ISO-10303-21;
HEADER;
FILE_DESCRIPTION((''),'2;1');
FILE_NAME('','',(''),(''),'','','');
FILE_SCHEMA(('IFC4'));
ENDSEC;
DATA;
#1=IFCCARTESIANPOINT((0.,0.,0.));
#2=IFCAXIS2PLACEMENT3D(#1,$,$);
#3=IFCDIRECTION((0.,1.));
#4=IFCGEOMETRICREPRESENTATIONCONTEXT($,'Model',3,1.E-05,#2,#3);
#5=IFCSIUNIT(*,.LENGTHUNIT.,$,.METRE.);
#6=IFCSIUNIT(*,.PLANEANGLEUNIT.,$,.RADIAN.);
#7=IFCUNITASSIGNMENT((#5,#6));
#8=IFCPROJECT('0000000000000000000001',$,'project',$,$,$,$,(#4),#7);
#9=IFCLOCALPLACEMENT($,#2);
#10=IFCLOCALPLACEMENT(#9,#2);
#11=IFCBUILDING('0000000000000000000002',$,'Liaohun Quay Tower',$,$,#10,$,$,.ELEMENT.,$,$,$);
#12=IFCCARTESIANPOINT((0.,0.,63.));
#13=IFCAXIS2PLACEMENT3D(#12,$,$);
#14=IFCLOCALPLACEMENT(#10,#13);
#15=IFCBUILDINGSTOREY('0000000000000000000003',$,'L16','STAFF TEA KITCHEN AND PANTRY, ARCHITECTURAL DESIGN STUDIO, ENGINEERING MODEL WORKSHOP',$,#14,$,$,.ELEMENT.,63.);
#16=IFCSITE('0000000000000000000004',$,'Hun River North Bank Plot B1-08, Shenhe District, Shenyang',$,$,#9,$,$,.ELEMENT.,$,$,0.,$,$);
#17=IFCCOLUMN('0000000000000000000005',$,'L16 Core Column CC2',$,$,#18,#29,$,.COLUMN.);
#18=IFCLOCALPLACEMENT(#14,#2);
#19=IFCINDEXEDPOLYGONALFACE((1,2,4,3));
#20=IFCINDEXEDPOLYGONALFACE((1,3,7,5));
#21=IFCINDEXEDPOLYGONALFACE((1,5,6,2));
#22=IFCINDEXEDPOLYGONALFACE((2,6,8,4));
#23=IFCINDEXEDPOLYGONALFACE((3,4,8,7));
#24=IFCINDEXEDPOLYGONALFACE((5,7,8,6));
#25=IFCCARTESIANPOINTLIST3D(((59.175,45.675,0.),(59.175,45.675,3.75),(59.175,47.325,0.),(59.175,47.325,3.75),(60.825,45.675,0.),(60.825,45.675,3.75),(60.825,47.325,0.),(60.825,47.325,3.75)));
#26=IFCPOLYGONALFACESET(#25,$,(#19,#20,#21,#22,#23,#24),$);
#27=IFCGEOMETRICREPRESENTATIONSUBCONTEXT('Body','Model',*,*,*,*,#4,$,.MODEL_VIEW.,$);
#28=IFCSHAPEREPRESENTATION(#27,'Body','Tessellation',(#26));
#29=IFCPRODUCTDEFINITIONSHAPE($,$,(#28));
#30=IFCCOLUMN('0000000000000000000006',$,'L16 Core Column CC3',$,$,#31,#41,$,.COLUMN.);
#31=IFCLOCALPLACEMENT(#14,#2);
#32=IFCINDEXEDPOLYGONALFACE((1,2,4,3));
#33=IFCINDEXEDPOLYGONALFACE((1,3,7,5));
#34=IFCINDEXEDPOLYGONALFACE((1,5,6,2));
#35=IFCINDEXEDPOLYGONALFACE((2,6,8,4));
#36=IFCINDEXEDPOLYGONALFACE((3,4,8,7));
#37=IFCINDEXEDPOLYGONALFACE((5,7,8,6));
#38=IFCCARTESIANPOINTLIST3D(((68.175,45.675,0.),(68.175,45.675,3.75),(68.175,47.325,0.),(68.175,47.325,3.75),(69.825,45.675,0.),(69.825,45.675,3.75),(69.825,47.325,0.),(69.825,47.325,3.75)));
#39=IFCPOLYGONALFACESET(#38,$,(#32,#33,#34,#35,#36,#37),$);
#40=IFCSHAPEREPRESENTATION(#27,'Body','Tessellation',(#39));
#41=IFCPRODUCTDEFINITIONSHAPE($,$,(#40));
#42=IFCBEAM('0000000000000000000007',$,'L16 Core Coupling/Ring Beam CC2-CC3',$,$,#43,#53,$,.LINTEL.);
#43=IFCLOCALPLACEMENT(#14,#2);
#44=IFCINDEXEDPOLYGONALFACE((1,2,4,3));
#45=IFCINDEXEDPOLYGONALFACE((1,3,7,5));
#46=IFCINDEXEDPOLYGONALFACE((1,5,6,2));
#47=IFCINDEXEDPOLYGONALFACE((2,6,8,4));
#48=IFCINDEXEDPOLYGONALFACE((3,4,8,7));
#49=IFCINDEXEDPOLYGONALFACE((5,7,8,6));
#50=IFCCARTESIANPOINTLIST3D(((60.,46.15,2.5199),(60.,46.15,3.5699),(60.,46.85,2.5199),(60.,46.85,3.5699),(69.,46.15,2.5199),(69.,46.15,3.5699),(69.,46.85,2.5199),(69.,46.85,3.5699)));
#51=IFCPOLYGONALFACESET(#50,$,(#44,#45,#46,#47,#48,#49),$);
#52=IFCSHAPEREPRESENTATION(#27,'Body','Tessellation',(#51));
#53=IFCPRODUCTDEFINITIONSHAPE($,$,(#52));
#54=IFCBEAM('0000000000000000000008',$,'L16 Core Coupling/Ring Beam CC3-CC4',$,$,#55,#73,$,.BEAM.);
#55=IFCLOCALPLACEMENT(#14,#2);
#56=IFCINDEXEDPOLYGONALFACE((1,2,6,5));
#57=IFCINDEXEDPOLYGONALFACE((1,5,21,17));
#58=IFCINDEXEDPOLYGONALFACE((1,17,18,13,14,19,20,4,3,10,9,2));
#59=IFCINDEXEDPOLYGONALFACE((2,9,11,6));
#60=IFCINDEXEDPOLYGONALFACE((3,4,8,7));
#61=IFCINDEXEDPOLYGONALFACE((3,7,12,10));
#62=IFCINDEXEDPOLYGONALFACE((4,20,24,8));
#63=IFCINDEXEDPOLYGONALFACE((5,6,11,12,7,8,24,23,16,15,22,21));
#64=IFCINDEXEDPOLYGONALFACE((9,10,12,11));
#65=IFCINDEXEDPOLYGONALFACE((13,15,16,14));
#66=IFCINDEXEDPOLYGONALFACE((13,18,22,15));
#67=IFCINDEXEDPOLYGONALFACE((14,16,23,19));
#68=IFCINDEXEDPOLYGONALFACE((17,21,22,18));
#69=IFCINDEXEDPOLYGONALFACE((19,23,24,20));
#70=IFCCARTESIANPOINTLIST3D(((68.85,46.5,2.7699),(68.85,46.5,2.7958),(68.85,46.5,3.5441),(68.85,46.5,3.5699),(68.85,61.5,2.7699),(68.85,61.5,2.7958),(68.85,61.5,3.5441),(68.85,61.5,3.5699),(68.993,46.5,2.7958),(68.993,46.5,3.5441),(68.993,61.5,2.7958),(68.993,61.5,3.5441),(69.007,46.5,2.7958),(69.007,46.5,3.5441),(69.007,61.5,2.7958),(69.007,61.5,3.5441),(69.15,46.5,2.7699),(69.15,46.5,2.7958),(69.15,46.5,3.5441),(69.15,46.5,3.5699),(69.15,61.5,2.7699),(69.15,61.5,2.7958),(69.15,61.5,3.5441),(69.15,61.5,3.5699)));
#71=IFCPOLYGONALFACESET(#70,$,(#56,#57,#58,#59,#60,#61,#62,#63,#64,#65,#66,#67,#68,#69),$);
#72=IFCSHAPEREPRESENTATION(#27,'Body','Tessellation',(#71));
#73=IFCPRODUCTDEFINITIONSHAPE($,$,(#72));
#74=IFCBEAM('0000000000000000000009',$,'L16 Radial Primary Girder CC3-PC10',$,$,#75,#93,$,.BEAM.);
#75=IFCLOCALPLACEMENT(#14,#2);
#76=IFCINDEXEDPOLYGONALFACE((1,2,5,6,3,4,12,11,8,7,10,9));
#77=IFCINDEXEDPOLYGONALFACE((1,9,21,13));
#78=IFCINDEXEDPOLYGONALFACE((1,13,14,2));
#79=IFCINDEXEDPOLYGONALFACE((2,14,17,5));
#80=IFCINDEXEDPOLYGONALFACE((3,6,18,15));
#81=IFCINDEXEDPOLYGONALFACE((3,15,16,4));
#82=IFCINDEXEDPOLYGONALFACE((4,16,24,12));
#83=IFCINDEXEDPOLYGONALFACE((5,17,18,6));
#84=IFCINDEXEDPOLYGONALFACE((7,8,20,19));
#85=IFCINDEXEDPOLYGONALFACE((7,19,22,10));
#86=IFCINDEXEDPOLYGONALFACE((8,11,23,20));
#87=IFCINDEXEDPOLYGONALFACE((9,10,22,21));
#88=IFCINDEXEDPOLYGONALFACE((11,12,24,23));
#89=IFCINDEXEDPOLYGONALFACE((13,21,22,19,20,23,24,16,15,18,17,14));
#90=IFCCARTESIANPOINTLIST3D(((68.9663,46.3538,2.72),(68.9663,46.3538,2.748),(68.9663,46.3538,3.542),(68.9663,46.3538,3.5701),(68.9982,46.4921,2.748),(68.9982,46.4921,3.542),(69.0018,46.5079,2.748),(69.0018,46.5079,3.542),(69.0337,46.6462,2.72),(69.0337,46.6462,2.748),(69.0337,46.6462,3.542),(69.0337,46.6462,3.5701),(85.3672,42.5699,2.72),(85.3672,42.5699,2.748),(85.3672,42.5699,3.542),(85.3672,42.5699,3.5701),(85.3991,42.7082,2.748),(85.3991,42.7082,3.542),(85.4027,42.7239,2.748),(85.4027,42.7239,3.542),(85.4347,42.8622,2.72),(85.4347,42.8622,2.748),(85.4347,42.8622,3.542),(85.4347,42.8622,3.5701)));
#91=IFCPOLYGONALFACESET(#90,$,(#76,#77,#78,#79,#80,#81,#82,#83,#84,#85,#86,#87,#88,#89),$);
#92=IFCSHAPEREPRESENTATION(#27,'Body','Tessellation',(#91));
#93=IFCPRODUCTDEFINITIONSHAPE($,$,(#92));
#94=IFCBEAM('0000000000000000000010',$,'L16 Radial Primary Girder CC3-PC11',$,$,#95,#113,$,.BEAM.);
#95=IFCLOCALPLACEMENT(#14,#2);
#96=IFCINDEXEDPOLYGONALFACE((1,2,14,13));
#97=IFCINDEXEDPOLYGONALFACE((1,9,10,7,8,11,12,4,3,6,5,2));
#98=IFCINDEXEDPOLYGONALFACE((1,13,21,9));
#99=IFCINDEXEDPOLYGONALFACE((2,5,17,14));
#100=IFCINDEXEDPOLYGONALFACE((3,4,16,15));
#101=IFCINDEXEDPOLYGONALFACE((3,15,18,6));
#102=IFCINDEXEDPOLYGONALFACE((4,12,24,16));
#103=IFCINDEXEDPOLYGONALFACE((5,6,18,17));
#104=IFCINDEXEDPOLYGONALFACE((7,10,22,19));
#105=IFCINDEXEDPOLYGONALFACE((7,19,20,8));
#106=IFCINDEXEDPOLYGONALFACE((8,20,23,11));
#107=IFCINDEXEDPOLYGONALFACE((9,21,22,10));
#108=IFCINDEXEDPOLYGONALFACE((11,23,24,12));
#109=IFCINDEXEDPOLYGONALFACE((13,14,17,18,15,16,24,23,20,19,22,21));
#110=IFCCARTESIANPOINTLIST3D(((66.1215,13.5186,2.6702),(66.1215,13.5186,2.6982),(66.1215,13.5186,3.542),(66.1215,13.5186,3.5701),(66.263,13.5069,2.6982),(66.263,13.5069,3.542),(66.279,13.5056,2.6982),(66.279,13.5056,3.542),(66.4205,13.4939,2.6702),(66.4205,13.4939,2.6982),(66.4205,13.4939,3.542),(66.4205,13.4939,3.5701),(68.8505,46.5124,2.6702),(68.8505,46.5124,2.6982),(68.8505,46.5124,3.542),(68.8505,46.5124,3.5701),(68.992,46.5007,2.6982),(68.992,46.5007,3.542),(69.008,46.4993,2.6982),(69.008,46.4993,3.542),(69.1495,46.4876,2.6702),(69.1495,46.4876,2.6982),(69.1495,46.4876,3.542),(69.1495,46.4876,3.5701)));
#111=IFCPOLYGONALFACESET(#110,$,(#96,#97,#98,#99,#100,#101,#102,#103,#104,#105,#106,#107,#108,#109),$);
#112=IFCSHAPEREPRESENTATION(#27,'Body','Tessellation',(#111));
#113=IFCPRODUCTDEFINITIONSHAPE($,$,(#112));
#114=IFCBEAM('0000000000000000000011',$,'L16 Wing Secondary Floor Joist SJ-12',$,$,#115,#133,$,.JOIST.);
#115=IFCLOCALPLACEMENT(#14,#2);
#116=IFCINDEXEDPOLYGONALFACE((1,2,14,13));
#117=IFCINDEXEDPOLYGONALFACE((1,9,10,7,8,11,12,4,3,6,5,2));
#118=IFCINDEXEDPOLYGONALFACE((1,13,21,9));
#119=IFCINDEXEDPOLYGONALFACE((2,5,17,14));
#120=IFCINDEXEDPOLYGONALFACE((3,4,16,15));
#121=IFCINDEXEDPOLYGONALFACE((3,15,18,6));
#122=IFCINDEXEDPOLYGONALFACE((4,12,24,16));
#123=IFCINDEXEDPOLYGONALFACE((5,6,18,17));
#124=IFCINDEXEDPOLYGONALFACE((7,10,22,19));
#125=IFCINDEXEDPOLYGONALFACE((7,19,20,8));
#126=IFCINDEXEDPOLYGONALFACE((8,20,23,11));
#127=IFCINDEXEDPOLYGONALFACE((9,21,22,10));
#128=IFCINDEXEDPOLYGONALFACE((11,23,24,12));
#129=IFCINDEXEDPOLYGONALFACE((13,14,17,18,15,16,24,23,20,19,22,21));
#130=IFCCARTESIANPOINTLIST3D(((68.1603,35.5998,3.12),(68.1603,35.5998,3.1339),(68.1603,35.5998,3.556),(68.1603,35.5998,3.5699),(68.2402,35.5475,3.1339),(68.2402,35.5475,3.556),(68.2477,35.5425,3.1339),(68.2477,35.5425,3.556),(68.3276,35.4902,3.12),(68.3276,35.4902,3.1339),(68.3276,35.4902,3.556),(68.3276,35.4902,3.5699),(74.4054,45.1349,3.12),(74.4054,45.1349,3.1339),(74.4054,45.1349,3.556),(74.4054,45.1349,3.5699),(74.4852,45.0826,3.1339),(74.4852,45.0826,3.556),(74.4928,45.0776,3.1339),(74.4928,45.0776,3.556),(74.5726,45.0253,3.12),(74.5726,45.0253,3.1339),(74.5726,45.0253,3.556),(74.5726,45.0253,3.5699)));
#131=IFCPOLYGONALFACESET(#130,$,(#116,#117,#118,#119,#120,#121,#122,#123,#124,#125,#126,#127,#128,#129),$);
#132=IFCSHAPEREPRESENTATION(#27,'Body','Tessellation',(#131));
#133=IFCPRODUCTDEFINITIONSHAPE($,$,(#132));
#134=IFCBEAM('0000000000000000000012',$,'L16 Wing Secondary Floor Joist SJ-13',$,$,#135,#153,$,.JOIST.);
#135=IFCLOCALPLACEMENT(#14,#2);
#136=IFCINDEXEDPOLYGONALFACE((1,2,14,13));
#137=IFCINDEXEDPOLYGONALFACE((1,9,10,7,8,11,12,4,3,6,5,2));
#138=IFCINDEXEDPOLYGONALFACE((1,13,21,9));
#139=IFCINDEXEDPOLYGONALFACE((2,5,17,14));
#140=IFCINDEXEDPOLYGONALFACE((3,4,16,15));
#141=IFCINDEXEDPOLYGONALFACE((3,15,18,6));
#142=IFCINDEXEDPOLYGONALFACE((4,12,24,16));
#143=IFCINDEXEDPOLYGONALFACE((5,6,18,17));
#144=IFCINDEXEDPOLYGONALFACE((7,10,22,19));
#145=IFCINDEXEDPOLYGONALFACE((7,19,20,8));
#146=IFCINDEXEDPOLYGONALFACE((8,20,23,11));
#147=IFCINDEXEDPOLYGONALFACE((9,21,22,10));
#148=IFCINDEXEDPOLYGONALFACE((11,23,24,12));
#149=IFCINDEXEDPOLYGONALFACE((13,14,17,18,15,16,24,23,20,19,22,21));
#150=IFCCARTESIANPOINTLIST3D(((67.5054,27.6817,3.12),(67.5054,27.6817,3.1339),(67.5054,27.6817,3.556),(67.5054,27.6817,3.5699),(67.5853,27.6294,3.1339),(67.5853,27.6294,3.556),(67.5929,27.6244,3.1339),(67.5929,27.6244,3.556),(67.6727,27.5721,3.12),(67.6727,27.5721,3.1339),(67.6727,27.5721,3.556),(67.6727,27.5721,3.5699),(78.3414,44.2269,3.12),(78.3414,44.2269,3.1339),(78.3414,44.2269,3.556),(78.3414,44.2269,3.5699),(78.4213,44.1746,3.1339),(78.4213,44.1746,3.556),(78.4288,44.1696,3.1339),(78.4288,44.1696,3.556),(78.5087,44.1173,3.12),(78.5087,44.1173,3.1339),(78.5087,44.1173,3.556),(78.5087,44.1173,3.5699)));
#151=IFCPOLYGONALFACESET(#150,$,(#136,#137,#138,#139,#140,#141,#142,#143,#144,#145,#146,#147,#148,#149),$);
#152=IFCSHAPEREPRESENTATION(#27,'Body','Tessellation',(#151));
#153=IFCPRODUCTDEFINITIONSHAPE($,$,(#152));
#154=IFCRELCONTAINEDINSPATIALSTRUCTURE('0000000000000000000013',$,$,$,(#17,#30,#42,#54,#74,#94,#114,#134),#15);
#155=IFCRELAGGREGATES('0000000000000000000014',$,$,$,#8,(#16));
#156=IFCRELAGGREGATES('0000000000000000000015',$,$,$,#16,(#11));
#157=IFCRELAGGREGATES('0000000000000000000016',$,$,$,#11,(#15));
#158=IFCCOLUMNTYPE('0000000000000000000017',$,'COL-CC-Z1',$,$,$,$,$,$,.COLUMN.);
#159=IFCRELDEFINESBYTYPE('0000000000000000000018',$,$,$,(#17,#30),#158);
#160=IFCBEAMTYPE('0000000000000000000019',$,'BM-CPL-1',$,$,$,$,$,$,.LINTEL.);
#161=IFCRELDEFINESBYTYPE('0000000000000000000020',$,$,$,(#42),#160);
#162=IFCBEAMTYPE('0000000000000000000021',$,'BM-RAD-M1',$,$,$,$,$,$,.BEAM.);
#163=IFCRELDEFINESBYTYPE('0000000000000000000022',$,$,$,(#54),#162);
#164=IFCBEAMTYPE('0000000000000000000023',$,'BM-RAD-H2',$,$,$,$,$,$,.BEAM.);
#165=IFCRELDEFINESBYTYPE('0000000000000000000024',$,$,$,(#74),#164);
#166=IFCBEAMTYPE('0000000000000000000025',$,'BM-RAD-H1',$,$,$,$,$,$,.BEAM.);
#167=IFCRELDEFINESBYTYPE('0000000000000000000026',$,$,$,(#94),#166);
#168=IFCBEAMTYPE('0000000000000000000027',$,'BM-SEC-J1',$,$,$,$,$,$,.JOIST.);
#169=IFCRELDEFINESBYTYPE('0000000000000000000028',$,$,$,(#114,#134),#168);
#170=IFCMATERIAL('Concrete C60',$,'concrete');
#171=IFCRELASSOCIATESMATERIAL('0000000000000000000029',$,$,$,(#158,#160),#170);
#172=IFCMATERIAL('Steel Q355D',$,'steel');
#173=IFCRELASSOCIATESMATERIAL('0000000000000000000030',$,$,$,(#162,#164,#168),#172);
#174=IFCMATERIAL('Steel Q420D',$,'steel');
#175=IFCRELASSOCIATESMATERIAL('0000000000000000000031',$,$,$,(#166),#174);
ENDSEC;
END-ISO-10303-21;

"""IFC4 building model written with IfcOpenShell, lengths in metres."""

from ifc_helpers import new_model, si_unit, direction, frame, origin, origin_2d, place, context, subcontext, project, spatial, rectangle, i_section, extrude, source, transform, mapped, material, material_profile, profile_set, type_object, element, save


model = new_model("IFC4")

# Units and contexts
model_context = context("Model", 3, precision=1e-05, world=origin(), true_north=direction((0.0, 1.0)))
body_context = subcontext(model_context, "Body", "Model", "MODEL_VIEW")
ifc_project = project(units=[si_unit("LENGTHUNIT", "METRE"), si_unit("PLANEANGLEUNIT", "RADIAN")], contexts=[model_context])

# Site, building, storey
site_placement = place(None, origin())
site = spatial("IfcSite", under=ifc_project, at=site_placement, Name="Hun River North Bank Plot B1-08, Shenhe District, Shenyang", CompositionType="ELEMENT", RefElevation=0.0)
building_placement = place(site_placement, origin())
building = spatial("IfcBuilding", under=site, at=building_placement, Name="Liaohun Quay Tower", CompositionType="ELEMENT")
storey_placement = place(building_placement, frame((0.0, 0.0, 63.0)))
storey = spatial("IfcBuildingStorey", under=building, at=storey_placement, Name="L16", Description="STAFF TEA KITCHEN AND PANTRY, ARCHITECTURAL DESIGN STUDIO, ENGINEERING MODEL WORKSHOP", CompositionType="ELEMENT", Elevation=63.0)

# Columns
ifc_material_1 = material(Name="Concrete C60", Category="concrete")
ifc_material_profile_1 = material_profile(ifc_material_1, rectangle(XDim=1.6499, YDim=1.6499, at=origin_2d()), Name="RC1650x1650")
ifc_profile_set_1 = profile_set([ifc_material_profile_1], Name="Concrete C60")
column_type = type_object("IfcColumnType", Name="COL-CC-Z1", PredefinedType="COLUMN", material=ifc_profile_set_1)
shared_shape_1 = source(origin(), body_context, "Body", "SweptSolid", [
    extrude(rectangle(XDim=1.6499, YDim=1.6499, at=origin_2d()), origin(), (0.0, 0.0, 1.0), 3.75),
])
for number, where, z_axis, x_axis, name in (
    (1, (60.0, 46.5, 0.0), (0.0, 0.0, 1.0), (1.0, 0.0, 0.0), "L16 Core Column CC2"),
    (2, (69.0, 46.5, 0.0), (0.0, 0.0, 1.0), (1.0, 0.0, 0.0), "L16 Core Column CC3"),
):
    element("IfcColumn", number, at=place(storey_placement, frame(where, z_axis=z_axis, x_axis=x_axis)), inside=storey, type_object=column_type, Name=name, PredefinedType="COLUMN", context=body_context, shape_type="MappedRepresentation", body=[
        mapped(shared_shape_1, transform((0.0, 0.0, 0.0), x_axis=(1.0, 0.0, 0.0), y_axis=(0.0, 1.0, 0.0), z_axis=(0.0, 0.0, 1.0), scale=1.0)),
    ])

# Beams
ifc_material_profile_2 = material_profile(ifc_material_1, rectangle(XDim=0.7, YDim=1.05, at=origin_2d()), Name="RC700x1050")
ifc_profile_set_2 = profile_set([ifc_material_profile_2], Name="Concrete C60")
beam_type_1 = type_object("IfcBeamType", Name="BM-CPL-1", PredefinedType="LINTEL", material=ifc_profile_set_2)
shared_shape_2 = source(origin(), body_context, "Body", "SweptSolid", [
    extrude(rectangle(XDim=0.7, YDim=1.05, at=origin_2d()), origin(), (0.0, 0.0, 1.0), 9.0),
])
beam_1_placement = place(storey_placement, frame((60.0, 46.5, 3.0449), z_axis=(1.0, 0.0, 0.0), x_axis=(0.0, 1.0, 0.0)))
element("IfcBeam", 3, at=beam_1_placement, inside=storey, type_object=beam_type_1, Name="L16 Core Coupling/Ring Beam CC2-CC3", PredefinedType="LINTEL", context=body_context, shape_type="MappedRepresentation", body=[
    mapped(shared_shape_2, transform((0.0, 0.0, 0.0), x_axis=(1.0, 0.0, 0.0), y_axis=(0.0, 1.0, 0.0), z_axis=(0.0, 0.0, 1.0), scale=1.0)),
])
ifc_material_2 = material(Name="Steel Q355D", Category="steel")
ifc_material_profile_3 = material_profile(ifc_material_2, i_section(OverallWidth=0.3, OverallDepth=0.8, WebThickness=0.0139, FlangeThickness=0.0259, at=origin_2d()), Name="HN800x300x14x26")
ifc_profile_set_3 = profile_set([ifc_material_profile_3], Name="Steel Q355D")
beam_type_2 = type_object("IfcBeamType", Name="BM-RAD-M1", PredefinedType="BEAM", material=ifc_profile_set_3)
shared_shape_3 = source(origin(), body_context, "Body", "SweptSolid", [
    extrude(i_section(OverallWidth=0.3, OverallDepth=0.8, WebThickness=0.0139, FlangeThickness=0.0259, at=origin_2d()), origin(), (0.0, 0.0, 1.0), 15.0),
])
beam_2_placement = place(storey_placement, frame((69.0, 46.5, 3.1699), z_axis=(0.0, 1.0, 0.0), x_axis=(-1.0, 0.0, 0.0)))
element("IfcBeam", 4, at=beam_2_placement, inside=storey, type_object=beam_type_2, Name="L16 Core Coupling/Ring Beam CC3-CC4", PredefinedType="BEAM", context=body_context, shape_type="MappedRepresentation", body=[
    mapped(shared_shape_3, transform((0.0, 0.0, 0.0), x_axis=(1.0, 0.0, 0.0), y_axis=(0.0, 1.0, 0.0), z_axis=(0.0, 0.0, 1.0), scale=1.0)),
])
ifc_material_profile_4 = material_profile(ifc_material_2, i_section(OverallWidth=0.3, OverallDepth=0.8501, WebThickness=0.0161, FlangeThickness=0.0281, at=origin_2d()), Name="HN850x300x16x28")
ifc_profile_set_4 = profile_set([ifc_material_profile_4], Name="Steel Q355D")
beam_type_3 = type_object("IfcBeamType", Name="BM-RAD-H2", PredefinedType="BEAM", material=ifc_profile_set_4)
shared_shape_4 = source(origin(), body_context, "Body", "SweptSolid", [
    extrude(i_section(OverallWidth=0.3, OverallDepth=0.8501, WebThickness=0.0161, FlangeThickness=0.0281, at=origin_2d()), origin(), (0.0, 0.0, 1.0), 16.8318),
])
beam_3_placement = place(storey_placement, frame((69.0, 46.5, 3.145), z_axis=(0.974403, -0.22481, 0.0), x_axis=(0.22481, 0.974403, 0.0)))
element("IfcBeam", 5, at=beam_3_placement, inside=storey, type_object=beam_type_3, Name="L16 Radial Primary Girder CC3-PC10", PredefinedType="BEAM", context=body_context, shape_type="MappedRepresentation", body=[
    mapped(shared_shape_4, transform((0.0, 0.0, 0.0), x_axis=(1.0, 0.0, 0.0), y_axis=(0.0, 1.0, 0.0), z_axis=(0.0, 0.0, 1.0), scale=1.0)),
])
ifc_material_3 = material(Name="Steel Q420D", Category="steel")
ifc_material_profile_5 = material_profile(ifc_material_3, i_section(OverallWidth=0.3, OverallDepth=0.8999, WebThickness=0.0161, FlangeThickness=0.0281, at=origin_2d()), Name="HN900x300x16x28")
ifc_profile_set_5 = profile_set([ifc_material_profile_5], Name="Steel Q420D")
beam_type_4 = type_object("IfcBeamType", Name="BM-RAD-H1", PredefinedType="BEAM", material=ifc_profile_set_5)
shared_shape_5 = source(origin(), body_context, "Body", "SweptSolid", [
    extrude(i_section(OverallWidth=0.3, OverallDepth=0.8999, WebThickness=0.0161, FlangeThickness=0.0281, at=origin_2d()), origin(), (0.0, 0.0, 1.0), 33.1064),
])
beam_4_placement = place(storey_placement, frame((69.0, 46.5, 3.1201), z_axis=(-0.082431, -0.996597, 0.0), x_axis=(0.996597, -0.082431, 0.0)))
element("IfcBeam", 6, at=beam_4_placement, inside=storey, type_object=beam_type_4, Name="L16 Radial Primary Girder CC3-PC11", PredefinedType="BEAM", context=body_context, shape_type="MappedRepresentation", body=[
    mapped(shared_shape_5, transform((0.0, 0.0, 0.0), x_axis=(1.0, 0.0, 0.0), y_axis=(0.0, 1.0, 0.0), z_axis=(0.0, 0.0, 1.0), scale=1.0)),
])
ifc_material_profile_6 = material_profile(ifc_material_2, i_section(OverallWidth=0.2, OverallDepth=0.45, WebThickness=0.009, FlangeThickness=0.0139, at=origin_2d()), Name="HN450x200x9x14")
ifc_profile_set_6 = profile_set([ifc_material_profile_6], Name="Steel Q355D")
beam_type_5 = type_object("IfcBeamType", Name="BM-SEC-J1", PredefinedType="JOIST", material=ifc_profile_set_6)
shared_shape_6 = source(origin(), body_context, "Body", "SweptSolid", [
    extrude(i_section(OverallWidth=0.2, OverallDepth=0.45, WebThickness=0.009, FlangeThickness=0.0139, at=origin_2d()), origin(), (0.0, 0.0, 1.0), 11.3982),
])
beam_5_placement = place(storey_placement, frame((74.489, 45.0801, 3.345), z_axis=(-0.5479, -0.836544, 0.0), x_axis=(0.836544, -0.5479, 0.0)))
element("IfcBeam", 7, at=beam_5_placement, inside=storey, type_object=beam_type_5, Name="L16 Wing Secondary Floor Joist SJ-12", PredefinedType="JOIST", context=body_context, shape_type="MappedRepresentation", body=[
    mapped(shared_shape_6, transform((0.0, 0.0, 0.0), x_axis=(1.0, 0.0, 0.0), y_axis=(0.0, 1.0, 0.0), z_axis=(0.0, 0.0, 1.0), scale=1.0)),
])
shared_shape_7 = source(origin(), body_context, "Body", "SweptSolid", [
    extrude(i_section(OverallWidth=0.2, OverallDepth=0.45, WebThickness=0.009, FlangeThickness=0.0139, at=origin_2d()), origin(), (0.0, 0.0, 1.0), 19.7778),
])
beam_6_placement = place(storey_placement, frame((78.425, 44.1721, 3.345), z_axis=(-0.547885, -0.836554, 0.0), x_axis=(0.836554, -0.547885, 0.0)))
element("IfcBeam", 8, at=beam_6_placement, inside=storey, type_object=beam_type_5, Name="L16 Wing Secondary Floor Joist SJ-13", PredefinedType="JOIST", context=body_context, shape_type="MappedRepresentation", body=[
    mapped(shared_shape_7, transform((0.0, 0.0, 0.0), x_axis=(1.0, 0.0, 0.0), y_axis=(0.0, 1.0, 0.0), z_axis=(0.0, 0.0, 1.0), scale=1.0)),
])

save(model, "model.ifc")
